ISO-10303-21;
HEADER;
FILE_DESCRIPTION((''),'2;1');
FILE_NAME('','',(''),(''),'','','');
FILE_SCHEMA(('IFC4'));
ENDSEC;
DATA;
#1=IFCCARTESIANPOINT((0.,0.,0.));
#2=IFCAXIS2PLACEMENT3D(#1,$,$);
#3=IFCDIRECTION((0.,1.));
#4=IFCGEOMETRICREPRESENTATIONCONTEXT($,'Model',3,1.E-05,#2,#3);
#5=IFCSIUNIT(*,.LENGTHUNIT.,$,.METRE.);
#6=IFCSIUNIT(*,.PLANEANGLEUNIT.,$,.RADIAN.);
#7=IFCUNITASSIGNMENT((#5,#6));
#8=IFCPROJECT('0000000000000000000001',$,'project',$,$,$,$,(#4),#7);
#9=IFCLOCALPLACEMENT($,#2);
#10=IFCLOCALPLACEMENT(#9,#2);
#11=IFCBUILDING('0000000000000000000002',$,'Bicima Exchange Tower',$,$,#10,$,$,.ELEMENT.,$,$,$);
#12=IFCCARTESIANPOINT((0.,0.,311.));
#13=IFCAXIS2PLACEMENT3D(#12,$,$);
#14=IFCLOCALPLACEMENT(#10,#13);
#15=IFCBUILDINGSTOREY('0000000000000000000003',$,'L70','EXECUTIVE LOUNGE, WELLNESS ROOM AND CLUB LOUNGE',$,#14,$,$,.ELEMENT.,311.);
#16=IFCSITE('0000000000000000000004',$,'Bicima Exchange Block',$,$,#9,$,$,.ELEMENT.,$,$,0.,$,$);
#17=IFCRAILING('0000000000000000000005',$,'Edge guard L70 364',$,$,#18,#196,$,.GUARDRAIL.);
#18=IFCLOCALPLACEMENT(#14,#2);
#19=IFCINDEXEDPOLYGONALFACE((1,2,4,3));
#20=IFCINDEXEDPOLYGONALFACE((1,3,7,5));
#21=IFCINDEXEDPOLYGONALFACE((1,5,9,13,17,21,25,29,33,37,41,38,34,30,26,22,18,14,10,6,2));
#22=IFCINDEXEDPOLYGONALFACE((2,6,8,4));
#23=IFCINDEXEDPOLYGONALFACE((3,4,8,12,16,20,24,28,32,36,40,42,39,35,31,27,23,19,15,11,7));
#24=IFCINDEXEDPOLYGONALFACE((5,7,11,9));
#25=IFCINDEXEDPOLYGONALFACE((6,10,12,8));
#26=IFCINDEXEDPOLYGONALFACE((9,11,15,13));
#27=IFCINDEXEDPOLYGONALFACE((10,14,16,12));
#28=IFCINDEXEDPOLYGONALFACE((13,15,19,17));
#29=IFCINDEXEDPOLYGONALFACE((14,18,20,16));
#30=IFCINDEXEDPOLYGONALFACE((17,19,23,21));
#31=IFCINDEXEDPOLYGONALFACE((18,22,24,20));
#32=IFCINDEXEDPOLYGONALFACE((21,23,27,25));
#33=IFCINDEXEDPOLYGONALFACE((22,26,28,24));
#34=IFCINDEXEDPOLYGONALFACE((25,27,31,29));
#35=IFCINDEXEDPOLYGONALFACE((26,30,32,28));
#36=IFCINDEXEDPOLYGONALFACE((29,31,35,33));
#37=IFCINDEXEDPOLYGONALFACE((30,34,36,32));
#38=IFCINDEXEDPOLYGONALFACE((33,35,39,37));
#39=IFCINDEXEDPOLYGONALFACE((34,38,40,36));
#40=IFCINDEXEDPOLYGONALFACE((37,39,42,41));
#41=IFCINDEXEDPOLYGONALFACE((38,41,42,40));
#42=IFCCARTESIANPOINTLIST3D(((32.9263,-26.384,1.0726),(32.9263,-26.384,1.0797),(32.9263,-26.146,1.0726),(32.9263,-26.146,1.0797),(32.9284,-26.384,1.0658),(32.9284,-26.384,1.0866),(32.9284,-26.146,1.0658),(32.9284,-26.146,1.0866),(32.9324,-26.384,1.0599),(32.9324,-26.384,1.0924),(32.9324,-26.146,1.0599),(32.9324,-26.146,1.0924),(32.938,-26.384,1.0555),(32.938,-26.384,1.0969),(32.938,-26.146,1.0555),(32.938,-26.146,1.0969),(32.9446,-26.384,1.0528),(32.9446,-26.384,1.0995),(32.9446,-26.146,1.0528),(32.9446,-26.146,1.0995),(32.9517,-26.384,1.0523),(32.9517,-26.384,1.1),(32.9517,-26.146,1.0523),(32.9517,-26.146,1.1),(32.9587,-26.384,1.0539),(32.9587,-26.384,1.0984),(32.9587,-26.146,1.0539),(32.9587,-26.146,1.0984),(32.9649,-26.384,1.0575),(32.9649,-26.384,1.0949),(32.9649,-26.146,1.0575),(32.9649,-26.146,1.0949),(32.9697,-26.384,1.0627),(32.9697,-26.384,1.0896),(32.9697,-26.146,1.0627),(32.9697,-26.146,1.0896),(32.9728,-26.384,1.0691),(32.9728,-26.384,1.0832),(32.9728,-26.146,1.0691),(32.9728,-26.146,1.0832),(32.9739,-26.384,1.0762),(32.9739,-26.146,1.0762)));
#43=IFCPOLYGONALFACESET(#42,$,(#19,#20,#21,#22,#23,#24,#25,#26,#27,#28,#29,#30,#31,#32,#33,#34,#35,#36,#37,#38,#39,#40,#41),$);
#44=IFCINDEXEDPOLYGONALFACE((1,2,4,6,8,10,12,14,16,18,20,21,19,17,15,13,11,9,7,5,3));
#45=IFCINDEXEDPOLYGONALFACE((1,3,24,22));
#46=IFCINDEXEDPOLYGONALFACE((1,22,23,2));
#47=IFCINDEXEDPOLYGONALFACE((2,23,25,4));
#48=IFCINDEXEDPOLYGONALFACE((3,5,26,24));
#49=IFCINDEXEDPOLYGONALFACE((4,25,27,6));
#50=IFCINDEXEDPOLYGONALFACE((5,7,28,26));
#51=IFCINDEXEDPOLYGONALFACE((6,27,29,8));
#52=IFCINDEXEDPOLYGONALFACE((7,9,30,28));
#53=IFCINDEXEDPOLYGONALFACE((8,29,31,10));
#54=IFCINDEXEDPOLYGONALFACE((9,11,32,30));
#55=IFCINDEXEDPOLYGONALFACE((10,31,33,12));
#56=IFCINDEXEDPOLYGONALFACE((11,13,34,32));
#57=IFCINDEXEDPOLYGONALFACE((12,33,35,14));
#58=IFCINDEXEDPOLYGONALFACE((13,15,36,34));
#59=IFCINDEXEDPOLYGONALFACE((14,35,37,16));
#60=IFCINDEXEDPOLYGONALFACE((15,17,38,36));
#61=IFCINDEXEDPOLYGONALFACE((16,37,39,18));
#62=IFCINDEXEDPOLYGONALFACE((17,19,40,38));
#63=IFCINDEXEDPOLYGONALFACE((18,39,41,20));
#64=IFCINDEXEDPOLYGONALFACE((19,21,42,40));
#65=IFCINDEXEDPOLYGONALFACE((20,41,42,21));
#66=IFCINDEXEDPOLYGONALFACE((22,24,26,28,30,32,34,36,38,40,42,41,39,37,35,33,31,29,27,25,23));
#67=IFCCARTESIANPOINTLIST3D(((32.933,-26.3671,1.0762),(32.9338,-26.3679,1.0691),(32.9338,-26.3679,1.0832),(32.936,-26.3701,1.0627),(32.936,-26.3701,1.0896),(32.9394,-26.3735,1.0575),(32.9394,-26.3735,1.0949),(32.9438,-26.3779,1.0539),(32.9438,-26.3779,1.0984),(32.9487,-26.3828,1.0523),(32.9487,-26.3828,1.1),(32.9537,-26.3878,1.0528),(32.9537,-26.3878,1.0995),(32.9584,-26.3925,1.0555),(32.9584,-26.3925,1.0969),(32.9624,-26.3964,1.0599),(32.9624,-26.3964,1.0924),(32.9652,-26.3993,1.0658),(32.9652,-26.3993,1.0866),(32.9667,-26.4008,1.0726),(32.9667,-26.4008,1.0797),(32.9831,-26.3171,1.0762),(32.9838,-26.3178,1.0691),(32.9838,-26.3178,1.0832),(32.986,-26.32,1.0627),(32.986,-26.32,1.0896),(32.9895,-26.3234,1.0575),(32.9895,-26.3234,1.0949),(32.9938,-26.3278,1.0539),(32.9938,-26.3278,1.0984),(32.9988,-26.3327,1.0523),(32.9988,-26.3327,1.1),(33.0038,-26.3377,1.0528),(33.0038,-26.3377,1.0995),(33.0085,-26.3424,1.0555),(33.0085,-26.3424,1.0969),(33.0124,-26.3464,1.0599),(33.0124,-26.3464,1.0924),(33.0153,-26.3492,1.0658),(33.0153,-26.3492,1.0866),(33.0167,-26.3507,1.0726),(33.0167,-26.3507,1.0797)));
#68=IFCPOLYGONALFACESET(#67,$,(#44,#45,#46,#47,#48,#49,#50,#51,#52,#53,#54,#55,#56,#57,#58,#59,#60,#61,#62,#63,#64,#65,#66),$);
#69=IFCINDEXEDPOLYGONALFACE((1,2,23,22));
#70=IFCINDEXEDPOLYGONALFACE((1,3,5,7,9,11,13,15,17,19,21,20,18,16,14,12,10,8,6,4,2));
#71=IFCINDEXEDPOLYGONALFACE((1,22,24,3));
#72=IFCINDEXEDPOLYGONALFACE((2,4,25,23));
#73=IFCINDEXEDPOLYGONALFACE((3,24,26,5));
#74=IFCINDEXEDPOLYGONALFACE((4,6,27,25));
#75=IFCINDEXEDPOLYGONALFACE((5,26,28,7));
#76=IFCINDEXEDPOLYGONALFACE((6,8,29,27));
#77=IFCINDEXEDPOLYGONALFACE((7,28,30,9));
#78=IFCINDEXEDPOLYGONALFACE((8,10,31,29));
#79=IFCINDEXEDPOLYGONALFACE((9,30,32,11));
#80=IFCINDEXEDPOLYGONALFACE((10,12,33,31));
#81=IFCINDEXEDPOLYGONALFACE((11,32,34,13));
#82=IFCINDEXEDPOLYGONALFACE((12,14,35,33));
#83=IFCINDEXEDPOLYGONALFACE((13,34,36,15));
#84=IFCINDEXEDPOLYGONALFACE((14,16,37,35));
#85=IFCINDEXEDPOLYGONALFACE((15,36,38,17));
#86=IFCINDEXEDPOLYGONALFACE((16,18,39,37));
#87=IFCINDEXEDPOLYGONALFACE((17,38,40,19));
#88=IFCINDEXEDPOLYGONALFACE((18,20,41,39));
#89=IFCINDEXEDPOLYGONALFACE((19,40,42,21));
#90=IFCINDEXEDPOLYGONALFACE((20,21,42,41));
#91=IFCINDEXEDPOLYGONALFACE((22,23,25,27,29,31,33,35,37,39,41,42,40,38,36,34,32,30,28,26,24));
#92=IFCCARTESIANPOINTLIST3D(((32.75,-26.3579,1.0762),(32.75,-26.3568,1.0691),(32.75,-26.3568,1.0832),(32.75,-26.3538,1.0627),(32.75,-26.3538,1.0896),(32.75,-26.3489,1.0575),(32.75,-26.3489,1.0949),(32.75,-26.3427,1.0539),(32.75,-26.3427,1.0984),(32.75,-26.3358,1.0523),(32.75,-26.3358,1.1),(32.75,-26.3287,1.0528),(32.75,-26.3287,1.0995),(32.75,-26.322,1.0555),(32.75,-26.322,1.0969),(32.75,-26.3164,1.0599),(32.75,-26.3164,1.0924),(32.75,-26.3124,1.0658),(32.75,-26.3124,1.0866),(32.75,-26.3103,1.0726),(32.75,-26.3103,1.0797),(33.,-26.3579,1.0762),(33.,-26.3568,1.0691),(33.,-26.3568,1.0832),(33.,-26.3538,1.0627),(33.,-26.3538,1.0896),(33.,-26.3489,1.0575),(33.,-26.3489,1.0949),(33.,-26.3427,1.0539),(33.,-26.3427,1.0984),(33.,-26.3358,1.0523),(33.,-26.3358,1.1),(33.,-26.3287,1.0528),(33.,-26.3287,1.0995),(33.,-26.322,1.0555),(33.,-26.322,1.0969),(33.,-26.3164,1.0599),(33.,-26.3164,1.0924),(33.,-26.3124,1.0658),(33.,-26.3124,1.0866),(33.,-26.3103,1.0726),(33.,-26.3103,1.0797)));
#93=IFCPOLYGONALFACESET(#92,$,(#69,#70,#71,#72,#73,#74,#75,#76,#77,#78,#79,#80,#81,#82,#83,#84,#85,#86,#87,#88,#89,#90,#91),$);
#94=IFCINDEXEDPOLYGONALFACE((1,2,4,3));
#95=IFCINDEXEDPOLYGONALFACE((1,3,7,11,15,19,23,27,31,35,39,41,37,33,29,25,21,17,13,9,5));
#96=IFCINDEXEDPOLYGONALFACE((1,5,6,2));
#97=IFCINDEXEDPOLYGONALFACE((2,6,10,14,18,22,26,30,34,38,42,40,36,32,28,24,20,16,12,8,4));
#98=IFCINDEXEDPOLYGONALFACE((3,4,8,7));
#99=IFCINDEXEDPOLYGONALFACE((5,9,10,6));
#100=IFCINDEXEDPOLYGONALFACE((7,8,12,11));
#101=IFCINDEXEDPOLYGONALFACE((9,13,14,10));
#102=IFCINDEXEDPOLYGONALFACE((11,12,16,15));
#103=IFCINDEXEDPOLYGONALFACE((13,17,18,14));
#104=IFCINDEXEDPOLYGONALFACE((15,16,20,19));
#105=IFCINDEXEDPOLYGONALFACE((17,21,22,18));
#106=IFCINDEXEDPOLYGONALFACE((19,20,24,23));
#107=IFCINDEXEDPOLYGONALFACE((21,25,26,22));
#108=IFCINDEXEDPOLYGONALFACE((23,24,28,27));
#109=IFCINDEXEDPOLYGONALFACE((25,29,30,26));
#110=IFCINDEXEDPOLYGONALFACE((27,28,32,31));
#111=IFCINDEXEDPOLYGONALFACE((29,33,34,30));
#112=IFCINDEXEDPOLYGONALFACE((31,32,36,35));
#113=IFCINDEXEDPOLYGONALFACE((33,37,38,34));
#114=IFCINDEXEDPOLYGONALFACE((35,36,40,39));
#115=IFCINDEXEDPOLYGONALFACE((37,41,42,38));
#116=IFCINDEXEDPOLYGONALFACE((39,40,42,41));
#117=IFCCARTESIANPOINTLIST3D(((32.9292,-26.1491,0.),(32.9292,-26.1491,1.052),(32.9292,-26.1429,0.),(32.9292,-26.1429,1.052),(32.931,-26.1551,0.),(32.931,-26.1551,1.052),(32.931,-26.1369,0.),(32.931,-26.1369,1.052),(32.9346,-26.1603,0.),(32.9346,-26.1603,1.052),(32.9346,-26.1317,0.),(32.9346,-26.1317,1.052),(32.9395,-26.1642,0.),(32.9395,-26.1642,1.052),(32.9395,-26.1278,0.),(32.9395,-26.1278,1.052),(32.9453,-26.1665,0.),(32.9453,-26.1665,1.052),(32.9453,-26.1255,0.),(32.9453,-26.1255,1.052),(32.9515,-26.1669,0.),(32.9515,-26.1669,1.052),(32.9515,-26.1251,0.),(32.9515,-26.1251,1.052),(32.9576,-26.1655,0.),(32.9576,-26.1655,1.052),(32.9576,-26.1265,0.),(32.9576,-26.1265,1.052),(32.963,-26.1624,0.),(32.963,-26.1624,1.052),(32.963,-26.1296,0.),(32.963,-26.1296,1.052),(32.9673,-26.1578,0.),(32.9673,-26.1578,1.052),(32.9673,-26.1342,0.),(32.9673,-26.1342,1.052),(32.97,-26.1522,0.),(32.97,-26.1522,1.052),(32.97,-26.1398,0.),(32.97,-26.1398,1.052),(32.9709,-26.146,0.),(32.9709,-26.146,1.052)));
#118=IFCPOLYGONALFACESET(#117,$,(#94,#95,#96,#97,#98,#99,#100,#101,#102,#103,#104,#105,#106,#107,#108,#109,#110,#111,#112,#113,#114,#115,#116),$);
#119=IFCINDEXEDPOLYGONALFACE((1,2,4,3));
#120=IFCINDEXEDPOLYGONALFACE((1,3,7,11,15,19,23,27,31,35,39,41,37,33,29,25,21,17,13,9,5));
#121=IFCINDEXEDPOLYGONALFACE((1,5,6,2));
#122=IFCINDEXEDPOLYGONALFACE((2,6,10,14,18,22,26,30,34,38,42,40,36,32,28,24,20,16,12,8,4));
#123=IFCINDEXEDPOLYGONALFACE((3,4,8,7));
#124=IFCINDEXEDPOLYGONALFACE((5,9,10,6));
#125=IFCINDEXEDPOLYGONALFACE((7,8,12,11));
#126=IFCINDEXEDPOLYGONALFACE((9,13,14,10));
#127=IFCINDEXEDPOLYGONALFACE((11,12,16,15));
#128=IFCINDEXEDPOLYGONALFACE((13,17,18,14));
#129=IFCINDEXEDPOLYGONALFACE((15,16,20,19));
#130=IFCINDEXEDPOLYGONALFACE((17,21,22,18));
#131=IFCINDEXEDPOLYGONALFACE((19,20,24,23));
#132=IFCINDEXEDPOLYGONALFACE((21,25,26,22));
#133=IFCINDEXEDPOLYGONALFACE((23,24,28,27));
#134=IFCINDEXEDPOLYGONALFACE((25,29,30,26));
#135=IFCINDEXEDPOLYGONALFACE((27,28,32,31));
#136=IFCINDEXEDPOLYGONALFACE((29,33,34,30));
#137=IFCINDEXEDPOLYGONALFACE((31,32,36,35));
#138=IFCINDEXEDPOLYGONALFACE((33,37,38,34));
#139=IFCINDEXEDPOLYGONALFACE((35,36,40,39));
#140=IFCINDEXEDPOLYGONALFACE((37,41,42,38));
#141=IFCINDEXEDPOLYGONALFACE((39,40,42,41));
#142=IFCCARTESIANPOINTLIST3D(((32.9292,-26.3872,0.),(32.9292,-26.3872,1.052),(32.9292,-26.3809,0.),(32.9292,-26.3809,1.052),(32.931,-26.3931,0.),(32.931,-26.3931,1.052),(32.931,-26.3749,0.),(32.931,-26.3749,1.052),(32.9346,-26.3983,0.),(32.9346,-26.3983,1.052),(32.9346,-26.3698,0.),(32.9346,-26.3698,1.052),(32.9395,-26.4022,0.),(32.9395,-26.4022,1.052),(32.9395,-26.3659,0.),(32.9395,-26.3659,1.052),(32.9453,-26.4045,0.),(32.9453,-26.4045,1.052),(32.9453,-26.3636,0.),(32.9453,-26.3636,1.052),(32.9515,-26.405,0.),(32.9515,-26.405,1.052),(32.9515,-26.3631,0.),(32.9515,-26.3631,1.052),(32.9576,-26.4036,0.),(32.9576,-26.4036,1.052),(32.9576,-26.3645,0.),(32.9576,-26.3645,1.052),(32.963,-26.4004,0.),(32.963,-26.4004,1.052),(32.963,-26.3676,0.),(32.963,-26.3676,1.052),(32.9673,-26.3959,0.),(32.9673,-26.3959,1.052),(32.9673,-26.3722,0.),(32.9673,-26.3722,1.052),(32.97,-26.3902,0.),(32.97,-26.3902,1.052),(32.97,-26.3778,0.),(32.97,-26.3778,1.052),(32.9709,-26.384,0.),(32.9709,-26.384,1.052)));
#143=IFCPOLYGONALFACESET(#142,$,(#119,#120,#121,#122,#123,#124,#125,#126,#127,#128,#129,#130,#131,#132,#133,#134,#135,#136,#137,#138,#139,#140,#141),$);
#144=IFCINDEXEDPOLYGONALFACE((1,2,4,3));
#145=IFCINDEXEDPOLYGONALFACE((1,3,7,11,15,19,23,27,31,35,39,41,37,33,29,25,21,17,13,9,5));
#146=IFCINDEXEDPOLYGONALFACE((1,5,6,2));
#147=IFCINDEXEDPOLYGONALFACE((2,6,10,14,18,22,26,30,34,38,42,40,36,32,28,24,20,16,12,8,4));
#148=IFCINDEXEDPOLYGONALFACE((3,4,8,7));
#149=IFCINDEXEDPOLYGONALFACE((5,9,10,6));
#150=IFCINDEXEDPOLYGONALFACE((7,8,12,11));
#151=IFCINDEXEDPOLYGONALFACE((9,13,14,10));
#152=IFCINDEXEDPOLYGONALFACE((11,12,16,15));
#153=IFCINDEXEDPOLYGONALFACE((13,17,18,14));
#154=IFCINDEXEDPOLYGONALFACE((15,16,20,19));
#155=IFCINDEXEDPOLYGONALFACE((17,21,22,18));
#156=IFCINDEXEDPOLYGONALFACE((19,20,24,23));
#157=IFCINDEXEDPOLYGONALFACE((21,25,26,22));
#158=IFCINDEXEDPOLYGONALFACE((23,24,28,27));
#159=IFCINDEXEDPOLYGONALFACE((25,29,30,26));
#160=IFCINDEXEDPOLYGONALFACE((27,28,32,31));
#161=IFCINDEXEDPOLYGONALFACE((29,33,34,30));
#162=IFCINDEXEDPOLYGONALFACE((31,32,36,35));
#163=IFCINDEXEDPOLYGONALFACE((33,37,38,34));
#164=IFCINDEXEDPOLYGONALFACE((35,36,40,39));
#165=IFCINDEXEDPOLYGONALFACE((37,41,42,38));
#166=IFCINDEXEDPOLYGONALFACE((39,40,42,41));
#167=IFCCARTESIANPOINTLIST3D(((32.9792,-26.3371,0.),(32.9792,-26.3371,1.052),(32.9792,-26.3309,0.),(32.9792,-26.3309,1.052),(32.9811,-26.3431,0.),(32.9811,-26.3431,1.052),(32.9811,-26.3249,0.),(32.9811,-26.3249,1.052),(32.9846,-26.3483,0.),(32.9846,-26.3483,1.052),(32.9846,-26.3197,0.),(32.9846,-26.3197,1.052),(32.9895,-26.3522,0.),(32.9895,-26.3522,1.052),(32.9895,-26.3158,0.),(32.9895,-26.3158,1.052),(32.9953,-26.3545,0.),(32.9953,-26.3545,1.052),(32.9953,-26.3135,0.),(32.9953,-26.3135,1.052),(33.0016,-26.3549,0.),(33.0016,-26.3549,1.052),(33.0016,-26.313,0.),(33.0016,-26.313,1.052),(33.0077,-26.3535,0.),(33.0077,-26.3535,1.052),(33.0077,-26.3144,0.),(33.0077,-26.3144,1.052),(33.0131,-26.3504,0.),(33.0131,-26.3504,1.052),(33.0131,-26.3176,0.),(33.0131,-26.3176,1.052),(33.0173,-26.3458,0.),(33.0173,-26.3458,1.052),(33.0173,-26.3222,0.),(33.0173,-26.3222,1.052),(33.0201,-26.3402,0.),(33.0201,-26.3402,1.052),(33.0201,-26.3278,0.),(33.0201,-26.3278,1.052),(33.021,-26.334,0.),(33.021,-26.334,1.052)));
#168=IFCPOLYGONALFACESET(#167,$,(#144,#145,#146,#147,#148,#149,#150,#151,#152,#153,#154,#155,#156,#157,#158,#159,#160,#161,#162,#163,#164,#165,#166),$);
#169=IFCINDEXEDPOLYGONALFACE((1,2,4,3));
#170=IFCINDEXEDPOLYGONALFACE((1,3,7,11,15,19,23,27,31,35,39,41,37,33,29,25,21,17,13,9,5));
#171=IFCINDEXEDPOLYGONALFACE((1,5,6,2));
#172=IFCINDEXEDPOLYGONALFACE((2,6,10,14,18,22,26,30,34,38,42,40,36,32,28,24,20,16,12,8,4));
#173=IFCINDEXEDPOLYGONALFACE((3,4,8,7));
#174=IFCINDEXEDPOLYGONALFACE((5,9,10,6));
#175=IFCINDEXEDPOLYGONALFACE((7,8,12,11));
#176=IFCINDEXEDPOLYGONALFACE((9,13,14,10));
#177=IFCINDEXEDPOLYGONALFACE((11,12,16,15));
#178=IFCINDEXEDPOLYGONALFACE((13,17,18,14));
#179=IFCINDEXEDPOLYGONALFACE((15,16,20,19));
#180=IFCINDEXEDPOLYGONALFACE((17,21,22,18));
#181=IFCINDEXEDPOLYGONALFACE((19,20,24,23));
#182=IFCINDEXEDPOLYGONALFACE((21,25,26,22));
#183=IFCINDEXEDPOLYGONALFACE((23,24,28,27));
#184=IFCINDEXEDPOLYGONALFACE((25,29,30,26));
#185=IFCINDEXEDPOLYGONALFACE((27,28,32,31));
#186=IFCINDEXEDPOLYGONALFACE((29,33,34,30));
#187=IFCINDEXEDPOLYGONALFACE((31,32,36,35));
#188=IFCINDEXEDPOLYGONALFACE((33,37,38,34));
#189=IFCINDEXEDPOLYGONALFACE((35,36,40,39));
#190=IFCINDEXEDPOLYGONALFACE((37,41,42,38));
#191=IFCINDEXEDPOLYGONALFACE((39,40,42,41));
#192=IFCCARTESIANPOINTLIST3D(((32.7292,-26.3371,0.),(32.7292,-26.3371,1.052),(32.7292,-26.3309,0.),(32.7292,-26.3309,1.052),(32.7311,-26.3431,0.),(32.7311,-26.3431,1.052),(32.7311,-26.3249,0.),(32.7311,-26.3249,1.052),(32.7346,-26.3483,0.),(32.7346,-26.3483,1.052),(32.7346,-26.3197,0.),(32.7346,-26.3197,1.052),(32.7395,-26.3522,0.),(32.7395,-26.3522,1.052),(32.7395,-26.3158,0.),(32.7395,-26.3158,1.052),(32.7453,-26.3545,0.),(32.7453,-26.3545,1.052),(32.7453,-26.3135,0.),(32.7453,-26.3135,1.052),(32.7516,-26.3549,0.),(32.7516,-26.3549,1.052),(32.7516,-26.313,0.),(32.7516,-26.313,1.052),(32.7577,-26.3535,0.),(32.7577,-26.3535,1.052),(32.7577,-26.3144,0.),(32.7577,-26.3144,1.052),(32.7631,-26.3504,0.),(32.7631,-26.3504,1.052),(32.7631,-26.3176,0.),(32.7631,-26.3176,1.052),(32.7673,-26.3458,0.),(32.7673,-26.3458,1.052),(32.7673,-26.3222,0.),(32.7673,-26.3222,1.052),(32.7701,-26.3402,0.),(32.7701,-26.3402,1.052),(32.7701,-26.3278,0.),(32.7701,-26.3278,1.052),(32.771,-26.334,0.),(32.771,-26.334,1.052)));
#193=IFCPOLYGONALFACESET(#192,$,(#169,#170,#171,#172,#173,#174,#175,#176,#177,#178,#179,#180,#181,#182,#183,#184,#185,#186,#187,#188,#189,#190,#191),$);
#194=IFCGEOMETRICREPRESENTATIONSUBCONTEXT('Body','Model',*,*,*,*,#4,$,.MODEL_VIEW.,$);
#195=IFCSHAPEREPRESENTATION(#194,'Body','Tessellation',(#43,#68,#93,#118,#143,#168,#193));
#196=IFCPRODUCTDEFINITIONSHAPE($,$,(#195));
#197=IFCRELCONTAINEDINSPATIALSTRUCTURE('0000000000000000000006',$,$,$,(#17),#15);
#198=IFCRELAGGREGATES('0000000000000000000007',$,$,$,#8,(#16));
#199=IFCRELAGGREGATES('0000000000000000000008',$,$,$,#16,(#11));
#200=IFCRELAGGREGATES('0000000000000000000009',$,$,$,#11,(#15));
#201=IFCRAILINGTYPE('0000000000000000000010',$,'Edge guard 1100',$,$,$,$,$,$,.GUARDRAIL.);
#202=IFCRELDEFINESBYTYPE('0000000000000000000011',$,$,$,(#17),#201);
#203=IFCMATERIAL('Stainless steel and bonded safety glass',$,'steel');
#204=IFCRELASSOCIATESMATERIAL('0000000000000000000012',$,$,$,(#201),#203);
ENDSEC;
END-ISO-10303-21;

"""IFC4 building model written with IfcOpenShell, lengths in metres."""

from ifc_helpers import new_model, si_unit, direction, frame, origin, origin_2d, place, context, subcontext, project, spatial, circle, extrude, material, type_object, element, save


model = new_model("IFC4")

# Units and contexts
model_context = context("Model", 3, precision=1e-05, world=origin(), true_north=direction((0.0, 1.0)))
body_context = subcontext(model_context, "Body", "Model", "MODEL_VIEW")
ifc_project = project(units=[si_unit("LENGTHUNIT", "METRE"), si_unit("PLANEANGLEUNIT", "RADIAN")], contexts=[model_context])

# Site, building, storey
site_placement = place(None, origin())
site = spatial("IfcSite", under=ifc_project, at=site_placement, Name="Bicima Exchange Block", CompositionType="ELEMENT", RefElevation=0.0)
building_placement = place(site_placement, origin())
building = spatial("IfcBuilding", under=site, at=building_placement, Name="Bicima Exchange Tower", CompositionType="ELEMENT")
storey_placement = place(building_placement, frame((0.0, 0.0, 311.0)))
storey = spatial("IfcBuildingStorey", under=building, at=storey_placement, Name="L70", Description="EXECUTIVE LOUNGE, WELLNESS ROOM AND CLUB LOUNGE", CompositionType="ELEMENT", Elevation=311.0)

# Railing
ifc_material_1 = material(Name="Stainless steel and bonded safety glass", Category="steel")
railing_type = type_object("IfcRailingType", Name="Edge guard 1100", PredefinedType="GUARDRAIL", material=ifc_material_1)
railing_1_placement = place(storey_placement, frame((32.95, -26.146, 0.0)))
element("IfcRailing", 1, at=railing_1_placement, inside=storey, type_object=railing_type, Name="Edge guard L70 364", PredefinedType="GUARDRAIL", context=body_context, shape_type="SweptSolid", body=[
    extrude(circle(Radius=0.0239, at=origin_2d()), frame((0.0, 0.0, 1.0762), z_axis=(0.0, -1.0, 0.0), x_axis=(1.0, 0.0, 0.0)), (0.0, 0.0, 1.0), 0.238),
    extrude(circle(Radius=0.0239, at=origin_2d()), frame((0.0, -0.238, 1.0762), z_axis=(0.707107, 0.707107, 0.0), x_axis=(-0.707107, 0.707107, 0.0)), (0.0, 0.0, 1.0), 0.0708),
    extrude(circle(Radius=0.0239, at=origin_2d()), frame((0.05, -0.188, 1.0762), z_axis=(-1.0, 0.0, 0.0), x_axis=(0.0, -1.0, 0.0)), (0.0, 0.0, 1.0), 0.25),
    extrude(circle(Radius=0.021, at=origin_2d()), origin(), (0.0, 0.0, 1.0), 1.052),
    extrude(circle(Radius=0.021, at=origin_2d()), frame((0.0, -0.238, 0.0)), (0.0, 0.0, 1.0), 1.052),
    extrude(circle(Radius=0.021, at=origin_2d()), frame((0.05, -0.188, 0.0)), (0.0, 0.0, 1.0), 1.052),
    extrude(circle(Radius=0.021, at=origin_2d()), frame((-0.2, -0.188, 0.0)), (0.0, 0.0, 1.0), 1.052),
])

save(model, "model.ifc")
